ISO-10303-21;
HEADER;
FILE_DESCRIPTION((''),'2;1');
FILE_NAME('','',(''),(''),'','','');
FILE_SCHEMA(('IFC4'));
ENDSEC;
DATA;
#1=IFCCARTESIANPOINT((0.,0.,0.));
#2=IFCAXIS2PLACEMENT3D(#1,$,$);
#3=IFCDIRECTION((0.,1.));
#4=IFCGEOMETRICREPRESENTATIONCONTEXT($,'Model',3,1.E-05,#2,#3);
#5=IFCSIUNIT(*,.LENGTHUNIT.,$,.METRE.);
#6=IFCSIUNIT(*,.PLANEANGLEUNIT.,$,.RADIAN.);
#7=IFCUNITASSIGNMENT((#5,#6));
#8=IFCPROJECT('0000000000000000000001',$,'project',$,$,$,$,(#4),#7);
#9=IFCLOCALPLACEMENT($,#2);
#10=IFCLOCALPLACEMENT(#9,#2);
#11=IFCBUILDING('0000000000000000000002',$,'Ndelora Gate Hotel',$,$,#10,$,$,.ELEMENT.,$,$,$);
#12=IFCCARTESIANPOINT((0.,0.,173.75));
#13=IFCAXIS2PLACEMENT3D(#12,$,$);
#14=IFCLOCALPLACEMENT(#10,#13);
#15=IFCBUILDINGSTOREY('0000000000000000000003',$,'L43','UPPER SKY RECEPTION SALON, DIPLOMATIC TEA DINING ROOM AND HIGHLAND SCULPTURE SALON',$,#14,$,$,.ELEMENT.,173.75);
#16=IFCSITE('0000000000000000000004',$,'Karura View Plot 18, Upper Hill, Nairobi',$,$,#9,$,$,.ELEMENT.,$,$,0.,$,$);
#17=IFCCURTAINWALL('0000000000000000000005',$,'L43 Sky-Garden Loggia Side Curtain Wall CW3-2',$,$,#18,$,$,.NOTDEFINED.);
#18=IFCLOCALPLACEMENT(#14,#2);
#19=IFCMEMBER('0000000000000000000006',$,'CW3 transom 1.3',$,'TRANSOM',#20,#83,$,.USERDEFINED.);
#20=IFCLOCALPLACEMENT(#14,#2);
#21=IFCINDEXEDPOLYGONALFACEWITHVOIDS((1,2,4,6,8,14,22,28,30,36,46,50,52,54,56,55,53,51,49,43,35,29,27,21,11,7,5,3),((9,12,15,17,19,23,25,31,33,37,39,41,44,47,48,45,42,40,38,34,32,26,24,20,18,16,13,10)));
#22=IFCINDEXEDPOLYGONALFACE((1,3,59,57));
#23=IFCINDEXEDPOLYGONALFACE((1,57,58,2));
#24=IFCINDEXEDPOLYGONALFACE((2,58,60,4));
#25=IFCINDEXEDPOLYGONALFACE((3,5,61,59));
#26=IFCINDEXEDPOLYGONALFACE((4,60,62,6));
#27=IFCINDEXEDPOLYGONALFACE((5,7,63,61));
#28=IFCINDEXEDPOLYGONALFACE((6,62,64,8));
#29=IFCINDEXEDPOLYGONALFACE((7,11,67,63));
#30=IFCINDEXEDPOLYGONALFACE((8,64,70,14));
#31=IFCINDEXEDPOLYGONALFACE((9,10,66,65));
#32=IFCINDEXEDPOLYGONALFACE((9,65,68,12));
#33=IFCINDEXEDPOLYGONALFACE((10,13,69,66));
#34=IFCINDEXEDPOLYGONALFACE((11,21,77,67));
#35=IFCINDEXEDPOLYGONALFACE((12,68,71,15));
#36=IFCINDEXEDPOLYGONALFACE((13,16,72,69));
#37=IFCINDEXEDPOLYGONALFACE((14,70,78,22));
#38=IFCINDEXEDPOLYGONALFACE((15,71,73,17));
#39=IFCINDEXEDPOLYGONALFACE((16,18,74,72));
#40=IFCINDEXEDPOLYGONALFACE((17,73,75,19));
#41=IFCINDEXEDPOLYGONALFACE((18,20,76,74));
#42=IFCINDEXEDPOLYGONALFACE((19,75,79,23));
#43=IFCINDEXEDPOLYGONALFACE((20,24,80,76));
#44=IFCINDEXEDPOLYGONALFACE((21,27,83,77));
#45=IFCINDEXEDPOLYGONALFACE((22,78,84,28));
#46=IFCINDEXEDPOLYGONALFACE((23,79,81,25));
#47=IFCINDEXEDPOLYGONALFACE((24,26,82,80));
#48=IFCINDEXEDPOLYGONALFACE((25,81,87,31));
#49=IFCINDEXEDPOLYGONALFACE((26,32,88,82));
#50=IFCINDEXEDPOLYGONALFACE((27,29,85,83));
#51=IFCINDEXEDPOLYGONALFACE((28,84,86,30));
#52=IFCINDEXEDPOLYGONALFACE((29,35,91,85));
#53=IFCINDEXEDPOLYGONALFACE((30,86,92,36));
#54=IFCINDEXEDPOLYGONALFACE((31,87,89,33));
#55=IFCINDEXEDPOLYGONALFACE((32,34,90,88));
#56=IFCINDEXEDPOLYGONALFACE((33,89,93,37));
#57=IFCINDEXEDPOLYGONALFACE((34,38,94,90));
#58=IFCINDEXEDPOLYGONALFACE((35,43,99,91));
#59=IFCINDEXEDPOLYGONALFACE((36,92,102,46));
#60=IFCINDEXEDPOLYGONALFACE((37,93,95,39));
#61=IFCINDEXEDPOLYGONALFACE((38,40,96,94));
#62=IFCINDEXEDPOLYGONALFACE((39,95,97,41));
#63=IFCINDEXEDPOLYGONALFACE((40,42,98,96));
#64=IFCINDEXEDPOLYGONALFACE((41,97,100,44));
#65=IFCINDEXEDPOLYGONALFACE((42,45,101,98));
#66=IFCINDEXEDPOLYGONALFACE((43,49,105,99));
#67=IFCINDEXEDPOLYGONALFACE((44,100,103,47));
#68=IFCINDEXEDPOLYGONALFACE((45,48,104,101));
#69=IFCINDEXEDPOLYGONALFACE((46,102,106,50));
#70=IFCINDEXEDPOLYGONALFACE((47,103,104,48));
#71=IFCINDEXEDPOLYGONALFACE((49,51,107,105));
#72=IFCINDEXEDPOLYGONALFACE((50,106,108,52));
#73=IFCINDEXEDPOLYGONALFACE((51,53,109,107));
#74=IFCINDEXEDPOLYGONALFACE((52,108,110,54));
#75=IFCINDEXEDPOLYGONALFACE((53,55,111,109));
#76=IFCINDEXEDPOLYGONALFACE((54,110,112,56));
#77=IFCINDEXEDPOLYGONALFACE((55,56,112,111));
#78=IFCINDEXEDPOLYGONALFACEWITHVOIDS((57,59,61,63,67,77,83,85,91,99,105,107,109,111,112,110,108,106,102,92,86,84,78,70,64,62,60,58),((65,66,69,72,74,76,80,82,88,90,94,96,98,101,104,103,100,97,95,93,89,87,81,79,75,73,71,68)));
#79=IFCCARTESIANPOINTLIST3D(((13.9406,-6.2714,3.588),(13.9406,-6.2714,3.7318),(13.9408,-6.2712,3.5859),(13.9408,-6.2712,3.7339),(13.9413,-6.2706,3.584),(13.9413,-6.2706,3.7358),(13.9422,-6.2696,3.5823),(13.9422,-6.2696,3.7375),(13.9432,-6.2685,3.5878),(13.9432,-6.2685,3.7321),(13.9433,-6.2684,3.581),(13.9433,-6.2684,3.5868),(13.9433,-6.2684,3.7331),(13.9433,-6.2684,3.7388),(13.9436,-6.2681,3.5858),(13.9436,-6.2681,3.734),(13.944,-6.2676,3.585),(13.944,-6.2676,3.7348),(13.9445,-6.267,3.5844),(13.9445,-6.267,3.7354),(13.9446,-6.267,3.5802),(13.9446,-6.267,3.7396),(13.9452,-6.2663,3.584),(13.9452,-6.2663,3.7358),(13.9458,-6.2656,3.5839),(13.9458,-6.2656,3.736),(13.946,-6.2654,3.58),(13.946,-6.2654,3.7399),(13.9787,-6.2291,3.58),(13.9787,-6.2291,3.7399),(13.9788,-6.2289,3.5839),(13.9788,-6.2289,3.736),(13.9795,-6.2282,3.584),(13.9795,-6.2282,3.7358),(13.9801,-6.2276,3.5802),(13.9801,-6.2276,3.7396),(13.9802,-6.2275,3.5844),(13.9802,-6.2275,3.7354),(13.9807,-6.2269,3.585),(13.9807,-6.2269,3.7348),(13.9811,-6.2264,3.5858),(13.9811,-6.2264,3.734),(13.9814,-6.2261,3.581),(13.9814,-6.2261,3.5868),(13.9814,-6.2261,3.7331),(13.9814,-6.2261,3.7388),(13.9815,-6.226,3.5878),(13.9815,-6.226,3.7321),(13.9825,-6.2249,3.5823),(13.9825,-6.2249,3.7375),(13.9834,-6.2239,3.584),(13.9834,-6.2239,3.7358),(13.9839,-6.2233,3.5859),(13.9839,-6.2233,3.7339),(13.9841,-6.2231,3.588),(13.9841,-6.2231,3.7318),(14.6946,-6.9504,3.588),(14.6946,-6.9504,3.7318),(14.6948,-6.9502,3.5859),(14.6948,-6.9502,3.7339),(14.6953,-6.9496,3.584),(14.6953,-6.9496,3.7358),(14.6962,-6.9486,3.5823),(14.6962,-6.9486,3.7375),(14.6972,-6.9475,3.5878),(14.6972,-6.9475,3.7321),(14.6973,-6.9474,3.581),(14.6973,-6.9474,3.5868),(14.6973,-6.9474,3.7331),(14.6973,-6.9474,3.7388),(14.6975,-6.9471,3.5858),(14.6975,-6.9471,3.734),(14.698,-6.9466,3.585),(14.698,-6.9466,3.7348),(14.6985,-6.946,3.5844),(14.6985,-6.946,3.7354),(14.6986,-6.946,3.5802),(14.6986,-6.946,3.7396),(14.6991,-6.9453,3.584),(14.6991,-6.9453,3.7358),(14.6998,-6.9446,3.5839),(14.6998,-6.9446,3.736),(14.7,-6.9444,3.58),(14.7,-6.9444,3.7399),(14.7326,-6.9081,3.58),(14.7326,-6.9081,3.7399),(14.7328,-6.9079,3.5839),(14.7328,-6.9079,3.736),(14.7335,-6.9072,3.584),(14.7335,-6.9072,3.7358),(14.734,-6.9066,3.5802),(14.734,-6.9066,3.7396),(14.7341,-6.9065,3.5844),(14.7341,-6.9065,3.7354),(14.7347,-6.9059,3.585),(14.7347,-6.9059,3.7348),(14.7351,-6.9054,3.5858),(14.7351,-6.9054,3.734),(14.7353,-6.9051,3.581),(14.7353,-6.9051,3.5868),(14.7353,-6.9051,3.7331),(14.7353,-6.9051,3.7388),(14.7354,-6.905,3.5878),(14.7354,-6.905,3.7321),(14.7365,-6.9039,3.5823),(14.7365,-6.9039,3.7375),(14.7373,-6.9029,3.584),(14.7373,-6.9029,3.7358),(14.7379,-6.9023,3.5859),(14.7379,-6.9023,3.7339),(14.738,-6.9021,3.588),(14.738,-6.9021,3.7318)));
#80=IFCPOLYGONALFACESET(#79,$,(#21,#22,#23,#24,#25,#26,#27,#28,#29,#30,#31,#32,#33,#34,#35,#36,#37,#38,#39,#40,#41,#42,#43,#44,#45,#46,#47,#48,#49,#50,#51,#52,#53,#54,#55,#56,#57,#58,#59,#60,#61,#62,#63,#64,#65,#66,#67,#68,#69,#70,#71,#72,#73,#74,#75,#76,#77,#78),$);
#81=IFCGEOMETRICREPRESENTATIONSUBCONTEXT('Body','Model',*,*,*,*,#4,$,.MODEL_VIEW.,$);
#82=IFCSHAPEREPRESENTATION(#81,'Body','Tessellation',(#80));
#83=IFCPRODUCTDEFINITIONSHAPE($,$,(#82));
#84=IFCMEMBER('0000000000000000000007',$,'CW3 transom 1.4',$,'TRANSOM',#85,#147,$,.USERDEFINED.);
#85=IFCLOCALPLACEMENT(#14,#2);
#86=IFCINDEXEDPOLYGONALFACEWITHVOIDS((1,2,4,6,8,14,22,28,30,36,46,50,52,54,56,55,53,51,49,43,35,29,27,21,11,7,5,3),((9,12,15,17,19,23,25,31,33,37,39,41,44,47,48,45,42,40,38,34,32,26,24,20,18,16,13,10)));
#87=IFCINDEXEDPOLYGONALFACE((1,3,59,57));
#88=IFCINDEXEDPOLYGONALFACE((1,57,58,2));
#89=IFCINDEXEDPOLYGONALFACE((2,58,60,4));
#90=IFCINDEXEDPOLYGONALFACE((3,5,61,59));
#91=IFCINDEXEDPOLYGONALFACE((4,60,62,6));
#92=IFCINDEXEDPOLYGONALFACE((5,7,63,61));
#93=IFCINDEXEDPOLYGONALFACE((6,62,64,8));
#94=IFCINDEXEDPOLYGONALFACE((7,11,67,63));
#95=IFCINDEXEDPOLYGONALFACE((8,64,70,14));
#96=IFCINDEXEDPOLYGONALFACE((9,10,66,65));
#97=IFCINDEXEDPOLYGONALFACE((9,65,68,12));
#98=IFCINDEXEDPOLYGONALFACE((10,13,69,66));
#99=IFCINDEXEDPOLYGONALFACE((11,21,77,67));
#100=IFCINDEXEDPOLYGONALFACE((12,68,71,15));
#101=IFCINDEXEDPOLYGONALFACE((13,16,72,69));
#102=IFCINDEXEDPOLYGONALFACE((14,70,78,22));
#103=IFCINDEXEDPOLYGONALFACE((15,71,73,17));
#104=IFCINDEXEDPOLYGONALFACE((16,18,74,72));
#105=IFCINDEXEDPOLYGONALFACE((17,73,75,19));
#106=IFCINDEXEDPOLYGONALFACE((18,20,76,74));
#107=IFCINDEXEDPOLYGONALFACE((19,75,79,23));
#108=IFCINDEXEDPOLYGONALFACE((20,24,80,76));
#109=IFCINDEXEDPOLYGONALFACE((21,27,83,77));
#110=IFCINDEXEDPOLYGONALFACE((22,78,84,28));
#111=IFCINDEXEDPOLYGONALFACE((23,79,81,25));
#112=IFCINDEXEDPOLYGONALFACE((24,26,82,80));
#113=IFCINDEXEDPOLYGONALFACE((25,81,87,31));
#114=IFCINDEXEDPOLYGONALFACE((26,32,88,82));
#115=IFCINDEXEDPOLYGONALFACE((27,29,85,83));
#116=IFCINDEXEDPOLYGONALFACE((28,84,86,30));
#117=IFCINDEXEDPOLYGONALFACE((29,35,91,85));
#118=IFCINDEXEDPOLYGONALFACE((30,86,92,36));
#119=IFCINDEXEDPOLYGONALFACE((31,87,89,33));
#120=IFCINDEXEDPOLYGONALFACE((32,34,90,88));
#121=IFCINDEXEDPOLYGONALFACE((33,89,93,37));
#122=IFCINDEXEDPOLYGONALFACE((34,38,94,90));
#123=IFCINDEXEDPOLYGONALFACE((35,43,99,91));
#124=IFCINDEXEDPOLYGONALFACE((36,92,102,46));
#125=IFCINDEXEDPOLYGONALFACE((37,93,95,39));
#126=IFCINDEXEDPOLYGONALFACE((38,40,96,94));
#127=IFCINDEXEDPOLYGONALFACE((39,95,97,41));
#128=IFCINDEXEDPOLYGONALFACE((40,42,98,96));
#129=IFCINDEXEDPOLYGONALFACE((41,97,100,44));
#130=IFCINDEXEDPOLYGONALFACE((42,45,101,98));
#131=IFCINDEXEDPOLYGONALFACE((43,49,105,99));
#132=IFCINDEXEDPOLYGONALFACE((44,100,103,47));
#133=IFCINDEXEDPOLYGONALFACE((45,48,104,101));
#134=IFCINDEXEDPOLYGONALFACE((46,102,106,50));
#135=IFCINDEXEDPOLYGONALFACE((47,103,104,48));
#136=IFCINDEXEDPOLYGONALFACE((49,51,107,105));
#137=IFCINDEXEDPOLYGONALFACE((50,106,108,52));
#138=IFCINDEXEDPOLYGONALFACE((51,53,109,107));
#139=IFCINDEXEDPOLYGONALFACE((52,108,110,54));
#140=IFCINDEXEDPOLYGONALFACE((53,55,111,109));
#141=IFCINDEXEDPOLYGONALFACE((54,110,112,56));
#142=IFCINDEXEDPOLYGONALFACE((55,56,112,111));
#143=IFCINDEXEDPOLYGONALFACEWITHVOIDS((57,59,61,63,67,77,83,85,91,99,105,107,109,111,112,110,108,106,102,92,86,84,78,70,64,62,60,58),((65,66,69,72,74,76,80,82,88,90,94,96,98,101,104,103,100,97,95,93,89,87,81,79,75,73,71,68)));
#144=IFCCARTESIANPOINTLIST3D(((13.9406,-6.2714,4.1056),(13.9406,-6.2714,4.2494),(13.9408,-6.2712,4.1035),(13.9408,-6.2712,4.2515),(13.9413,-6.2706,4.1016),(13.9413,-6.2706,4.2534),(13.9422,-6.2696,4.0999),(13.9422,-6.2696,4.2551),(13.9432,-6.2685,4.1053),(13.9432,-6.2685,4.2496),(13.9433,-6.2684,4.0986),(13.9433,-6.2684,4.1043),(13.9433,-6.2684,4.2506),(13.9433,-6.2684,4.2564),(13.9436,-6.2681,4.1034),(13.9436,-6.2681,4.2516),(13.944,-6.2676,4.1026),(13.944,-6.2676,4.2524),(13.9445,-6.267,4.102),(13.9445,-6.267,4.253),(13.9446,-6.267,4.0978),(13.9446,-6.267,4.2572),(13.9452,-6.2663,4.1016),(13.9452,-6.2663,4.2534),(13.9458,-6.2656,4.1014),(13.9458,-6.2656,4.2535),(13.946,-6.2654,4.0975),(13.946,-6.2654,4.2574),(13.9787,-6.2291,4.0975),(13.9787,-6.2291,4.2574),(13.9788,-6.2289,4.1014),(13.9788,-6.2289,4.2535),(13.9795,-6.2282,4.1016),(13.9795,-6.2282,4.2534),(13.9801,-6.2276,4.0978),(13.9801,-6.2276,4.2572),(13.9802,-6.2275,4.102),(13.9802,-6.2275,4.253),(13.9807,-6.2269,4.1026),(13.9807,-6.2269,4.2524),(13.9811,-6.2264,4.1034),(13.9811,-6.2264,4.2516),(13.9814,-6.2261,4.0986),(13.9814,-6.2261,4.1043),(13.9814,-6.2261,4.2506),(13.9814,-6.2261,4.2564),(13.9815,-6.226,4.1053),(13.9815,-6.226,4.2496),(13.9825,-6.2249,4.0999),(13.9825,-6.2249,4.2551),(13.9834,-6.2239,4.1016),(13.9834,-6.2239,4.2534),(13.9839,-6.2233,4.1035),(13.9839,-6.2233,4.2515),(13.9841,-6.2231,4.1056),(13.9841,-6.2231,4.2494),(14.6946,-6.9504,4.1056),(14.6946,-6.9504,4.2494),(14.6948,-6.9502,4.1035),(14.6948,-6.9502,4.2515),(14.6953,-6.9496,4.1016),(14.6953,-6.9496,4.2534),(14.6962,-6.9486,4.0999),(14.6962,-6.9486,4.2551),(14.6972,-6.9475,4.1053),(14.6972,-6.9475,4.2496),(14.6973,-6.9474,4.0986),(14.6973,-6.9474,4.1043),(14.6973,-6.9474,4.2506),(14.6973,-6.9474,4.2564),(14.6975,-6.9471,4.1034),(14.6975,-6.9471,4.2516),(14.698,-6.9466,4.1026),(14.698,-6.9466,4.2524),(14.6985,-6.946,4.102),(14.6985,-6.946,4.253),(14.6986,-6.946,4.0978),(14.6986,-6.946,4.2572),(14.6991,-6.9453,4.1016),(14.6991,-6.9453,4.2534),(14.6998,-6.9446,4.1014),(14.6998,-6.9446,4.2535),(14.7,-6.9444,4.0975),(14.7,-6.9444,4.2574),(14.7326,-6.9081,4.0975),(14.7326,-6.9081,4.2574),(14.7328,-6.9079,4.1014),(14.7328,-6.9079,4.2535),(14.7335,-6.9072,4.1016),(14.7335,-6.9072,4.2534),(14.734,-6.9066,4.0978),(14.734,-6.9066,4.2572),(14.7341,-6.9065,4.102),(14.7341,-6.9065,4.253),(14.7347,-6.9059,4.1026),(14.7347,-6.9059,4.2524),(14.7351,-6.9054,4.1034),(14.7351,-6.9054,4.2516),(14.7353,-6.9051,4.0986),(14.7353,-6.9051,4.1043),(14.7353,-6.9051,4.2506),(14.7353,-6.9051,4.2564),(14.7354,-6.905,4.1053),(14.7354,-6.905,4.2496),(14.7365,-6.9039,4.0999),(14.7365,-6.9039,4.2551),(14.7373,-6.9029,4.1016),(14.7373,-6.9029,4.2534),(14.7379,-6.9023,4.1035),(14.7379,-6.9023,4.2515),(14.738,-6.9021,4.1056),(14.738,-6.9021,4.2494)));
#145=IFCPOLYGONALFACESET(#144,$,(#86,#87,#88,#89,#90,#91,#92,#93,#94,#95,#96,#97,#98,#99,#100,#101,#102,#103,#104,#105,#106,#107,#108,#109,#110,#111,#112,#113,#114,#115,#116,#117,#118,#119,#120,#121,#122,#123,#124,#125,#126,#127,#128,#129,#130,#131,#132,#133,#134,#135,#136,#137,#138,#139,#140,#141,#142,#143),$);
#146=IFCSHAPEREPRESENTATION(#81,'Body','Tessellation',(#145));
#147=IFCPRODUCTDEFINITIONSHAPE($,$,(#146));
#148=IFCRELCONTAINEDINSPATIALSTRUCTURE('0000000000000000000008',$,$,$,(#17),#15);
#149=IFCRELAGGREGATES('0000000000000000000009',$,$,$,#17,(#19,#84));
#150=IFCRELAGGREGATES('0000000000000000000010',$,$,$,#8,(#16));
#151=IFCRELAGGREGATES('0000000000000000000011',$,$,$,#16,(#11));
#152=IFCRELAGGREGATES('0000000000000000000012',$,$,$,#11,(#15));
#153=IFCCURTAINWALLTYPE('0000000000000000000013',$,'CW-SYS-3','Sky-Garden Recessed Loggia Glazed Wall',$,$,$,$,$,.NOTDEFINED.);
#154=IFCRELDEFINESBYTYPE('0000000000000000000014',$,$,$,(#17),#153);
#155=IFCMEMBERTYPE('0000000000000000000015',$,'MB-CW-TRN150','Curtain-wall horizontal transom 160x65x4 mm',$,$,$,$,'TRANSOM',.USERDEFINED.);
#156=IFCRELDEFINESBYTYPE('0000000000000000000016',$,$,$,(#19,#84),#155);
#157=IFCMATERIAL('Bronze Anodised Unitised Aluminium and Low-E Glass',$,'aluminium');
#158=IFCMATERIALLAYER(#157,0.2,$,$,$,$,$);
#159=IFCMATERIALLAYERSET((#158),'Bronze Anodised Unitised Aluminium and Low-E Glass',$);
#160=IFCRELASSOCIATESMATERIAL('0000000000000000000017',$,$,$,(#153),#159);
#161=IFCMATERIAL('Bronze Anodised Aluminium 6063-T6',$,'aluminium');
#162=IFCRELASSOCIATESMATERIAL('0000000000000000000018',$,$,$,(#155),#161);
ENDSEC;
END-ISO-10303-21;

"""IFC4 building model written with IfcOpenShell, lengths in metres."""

from ifc_helpers import new_model, si_unit, direction, frame, origin, origin_2d, place, context, subcontext, project, spatial, hollow_rectangle, extrude, material, layer, layer_set, material_profile, profile_set, type_object, element, aggregate, save


model = new_model("IFC4")

# Units and contexts
model_context = context("Model", 3, precision=1e-05, world=origin(), true_north=direction((0.0, 1.0)))
body_context = subcontext(model_context, "Body", "Model", "MODEL_VIEW")
ifc_project = project(units=[si_unit("LENGTHUNIT", "METRE"), si_unit("PLANEANGLEUNIT", "RADIAN")], contexts=[model_context])

# Site, building, storey
site_placement = place(None, origin())
site = spatial("IfcSite", under=ifc_project, at=site_placement, Name="Karura View Plot 18, Upper Hill, Nairobi", CompositionType="ELEMENT", RefElevation=0.0)
building_placement = place(site_placement, origin())
building = spatial("IfcBuilding", under=site, at=building_placement, Name="Ndelora Gate Hotel", CompositionType="ELEMENT")
storey_placement = place(building_placement, frame((0.0, 0.0, 173.75)))
storey = spatial("IfcBuildingStorey", under=building, at=storey_placement, Name="L43", Description="UPPER SKY RECEPTION SALON, DIPLOMATIC TEA DINING ROOM AND HIGHLAND SCULPTURE SALON", CompositionType="ELEMENT", Elevation=173.75)

# Curtain wall, members
ifc_material_1 = material(Name="Bronze Anodised Unitised Aluminium and Low-E Glass", Category="aluminium")
ifc_layer_1 = layer(ifc_material_1, 0.2)
ifc_layer_set_1 = layer_set([ifc_layer_1], Name="Bronze Anodised Unitised Aluminium and Low-E Glass")
curtain_wall_type = type_object("IfcCurtainWallType", Name="CW-SYS-3", Description="Sky-Garden Recessed Loggia Glazed Wall", PredefinedType="NOTDEFINED", material=ifc_layer_set_1)
curtain_wall_placement = place(storey_placement, origin())
curtain_wall = element("IfcCurtainWall", 1, at=curtain_wall_placement, inside=storey, type_object=curtain_wall_type, Name="L43 Sky-Garden Loggia Side Curtain Wall CW3-2", PredefinedType="NOTDEFINED")
ifc_material_2 = material(Name="Bronze Anodised Aluminium 6063-T6", Category="aluminium")
ifc_material_profile_1 = material_profile(ifc_material_2, hollow_rectangle(XDim=0.0649, YDim=0.1599, WallThickness=0.0039, InnerFilletRadius=0.0039, OuterFilletRadius=0.0081, at=origin_2d()), Name="ALU 160x65x4")
ifc_profile_set_1 = profile_set([ifc_material_profile_1], Name="Bronze Anodised Aluminium 6063-T6")
member_type_1 = type_object("IfcMemberType", Name="MB-CW-TRN150", Description="Curtain-wall horizontal transom 160x65x4 mm", ElementType="TRANSOM", PredefinedType="USERDEFINED", material=ifc_profile_set_1)
member_1_placement = place(storey_placement, frame((14.7163, -6.9263, 3.6599), z_axis=(-0.743079, 0.669204, 0.0), x_axis=(-0.669204, -0.743079, 0.0)))
member_1 = element("IfcMember", 2, at=member_1_placement, type_object=member_type_1, Name="CW3 transom 1.3", ObjectType="TRANSOM", PredefinedType="USERDEFINED", context=body_context, shape_type="SweptSolid", body=[
    extrude(hollow_rectangle(XDim=0.0649, YDim=0.1599, WallThickness=0.0039, InnerFilletRadius=0.0039, OuterFilletRadius=0.0081, at=origin_2d()), origin(), (0.0, 0.0, 1.0), 1.0146),
])
member_2_placement = place(storey_placement, frame((14.7163, -6.9263, 4.1775), z_axis=(-0.743079, 0.669204, 0.0), x_axis=(-0.669204, -0.743079, 0.0)))
member_2 = element("IfcMember", 3, at=member_2_placement, type_object=member_type_1, Name="CW3 transom 1.4", ObjectType="TRANSOM", PredefinedType="USERDEFINED", context=body_context, shape_type="SweptSolid", body=[
    extrude(hollow_rectangle(XDim=0.0649, YDim=0.1599, WallThickness=0.0039, InnerFilletRadius=0.0039, OuterFilletRadius=0.0081, at=origin_2d()), origin(), (0.0, 0.0, 1.0), 1.0146),
])
aggregate(curtain_wall, [member_1, member_2])

save(model, "model.ifc")
